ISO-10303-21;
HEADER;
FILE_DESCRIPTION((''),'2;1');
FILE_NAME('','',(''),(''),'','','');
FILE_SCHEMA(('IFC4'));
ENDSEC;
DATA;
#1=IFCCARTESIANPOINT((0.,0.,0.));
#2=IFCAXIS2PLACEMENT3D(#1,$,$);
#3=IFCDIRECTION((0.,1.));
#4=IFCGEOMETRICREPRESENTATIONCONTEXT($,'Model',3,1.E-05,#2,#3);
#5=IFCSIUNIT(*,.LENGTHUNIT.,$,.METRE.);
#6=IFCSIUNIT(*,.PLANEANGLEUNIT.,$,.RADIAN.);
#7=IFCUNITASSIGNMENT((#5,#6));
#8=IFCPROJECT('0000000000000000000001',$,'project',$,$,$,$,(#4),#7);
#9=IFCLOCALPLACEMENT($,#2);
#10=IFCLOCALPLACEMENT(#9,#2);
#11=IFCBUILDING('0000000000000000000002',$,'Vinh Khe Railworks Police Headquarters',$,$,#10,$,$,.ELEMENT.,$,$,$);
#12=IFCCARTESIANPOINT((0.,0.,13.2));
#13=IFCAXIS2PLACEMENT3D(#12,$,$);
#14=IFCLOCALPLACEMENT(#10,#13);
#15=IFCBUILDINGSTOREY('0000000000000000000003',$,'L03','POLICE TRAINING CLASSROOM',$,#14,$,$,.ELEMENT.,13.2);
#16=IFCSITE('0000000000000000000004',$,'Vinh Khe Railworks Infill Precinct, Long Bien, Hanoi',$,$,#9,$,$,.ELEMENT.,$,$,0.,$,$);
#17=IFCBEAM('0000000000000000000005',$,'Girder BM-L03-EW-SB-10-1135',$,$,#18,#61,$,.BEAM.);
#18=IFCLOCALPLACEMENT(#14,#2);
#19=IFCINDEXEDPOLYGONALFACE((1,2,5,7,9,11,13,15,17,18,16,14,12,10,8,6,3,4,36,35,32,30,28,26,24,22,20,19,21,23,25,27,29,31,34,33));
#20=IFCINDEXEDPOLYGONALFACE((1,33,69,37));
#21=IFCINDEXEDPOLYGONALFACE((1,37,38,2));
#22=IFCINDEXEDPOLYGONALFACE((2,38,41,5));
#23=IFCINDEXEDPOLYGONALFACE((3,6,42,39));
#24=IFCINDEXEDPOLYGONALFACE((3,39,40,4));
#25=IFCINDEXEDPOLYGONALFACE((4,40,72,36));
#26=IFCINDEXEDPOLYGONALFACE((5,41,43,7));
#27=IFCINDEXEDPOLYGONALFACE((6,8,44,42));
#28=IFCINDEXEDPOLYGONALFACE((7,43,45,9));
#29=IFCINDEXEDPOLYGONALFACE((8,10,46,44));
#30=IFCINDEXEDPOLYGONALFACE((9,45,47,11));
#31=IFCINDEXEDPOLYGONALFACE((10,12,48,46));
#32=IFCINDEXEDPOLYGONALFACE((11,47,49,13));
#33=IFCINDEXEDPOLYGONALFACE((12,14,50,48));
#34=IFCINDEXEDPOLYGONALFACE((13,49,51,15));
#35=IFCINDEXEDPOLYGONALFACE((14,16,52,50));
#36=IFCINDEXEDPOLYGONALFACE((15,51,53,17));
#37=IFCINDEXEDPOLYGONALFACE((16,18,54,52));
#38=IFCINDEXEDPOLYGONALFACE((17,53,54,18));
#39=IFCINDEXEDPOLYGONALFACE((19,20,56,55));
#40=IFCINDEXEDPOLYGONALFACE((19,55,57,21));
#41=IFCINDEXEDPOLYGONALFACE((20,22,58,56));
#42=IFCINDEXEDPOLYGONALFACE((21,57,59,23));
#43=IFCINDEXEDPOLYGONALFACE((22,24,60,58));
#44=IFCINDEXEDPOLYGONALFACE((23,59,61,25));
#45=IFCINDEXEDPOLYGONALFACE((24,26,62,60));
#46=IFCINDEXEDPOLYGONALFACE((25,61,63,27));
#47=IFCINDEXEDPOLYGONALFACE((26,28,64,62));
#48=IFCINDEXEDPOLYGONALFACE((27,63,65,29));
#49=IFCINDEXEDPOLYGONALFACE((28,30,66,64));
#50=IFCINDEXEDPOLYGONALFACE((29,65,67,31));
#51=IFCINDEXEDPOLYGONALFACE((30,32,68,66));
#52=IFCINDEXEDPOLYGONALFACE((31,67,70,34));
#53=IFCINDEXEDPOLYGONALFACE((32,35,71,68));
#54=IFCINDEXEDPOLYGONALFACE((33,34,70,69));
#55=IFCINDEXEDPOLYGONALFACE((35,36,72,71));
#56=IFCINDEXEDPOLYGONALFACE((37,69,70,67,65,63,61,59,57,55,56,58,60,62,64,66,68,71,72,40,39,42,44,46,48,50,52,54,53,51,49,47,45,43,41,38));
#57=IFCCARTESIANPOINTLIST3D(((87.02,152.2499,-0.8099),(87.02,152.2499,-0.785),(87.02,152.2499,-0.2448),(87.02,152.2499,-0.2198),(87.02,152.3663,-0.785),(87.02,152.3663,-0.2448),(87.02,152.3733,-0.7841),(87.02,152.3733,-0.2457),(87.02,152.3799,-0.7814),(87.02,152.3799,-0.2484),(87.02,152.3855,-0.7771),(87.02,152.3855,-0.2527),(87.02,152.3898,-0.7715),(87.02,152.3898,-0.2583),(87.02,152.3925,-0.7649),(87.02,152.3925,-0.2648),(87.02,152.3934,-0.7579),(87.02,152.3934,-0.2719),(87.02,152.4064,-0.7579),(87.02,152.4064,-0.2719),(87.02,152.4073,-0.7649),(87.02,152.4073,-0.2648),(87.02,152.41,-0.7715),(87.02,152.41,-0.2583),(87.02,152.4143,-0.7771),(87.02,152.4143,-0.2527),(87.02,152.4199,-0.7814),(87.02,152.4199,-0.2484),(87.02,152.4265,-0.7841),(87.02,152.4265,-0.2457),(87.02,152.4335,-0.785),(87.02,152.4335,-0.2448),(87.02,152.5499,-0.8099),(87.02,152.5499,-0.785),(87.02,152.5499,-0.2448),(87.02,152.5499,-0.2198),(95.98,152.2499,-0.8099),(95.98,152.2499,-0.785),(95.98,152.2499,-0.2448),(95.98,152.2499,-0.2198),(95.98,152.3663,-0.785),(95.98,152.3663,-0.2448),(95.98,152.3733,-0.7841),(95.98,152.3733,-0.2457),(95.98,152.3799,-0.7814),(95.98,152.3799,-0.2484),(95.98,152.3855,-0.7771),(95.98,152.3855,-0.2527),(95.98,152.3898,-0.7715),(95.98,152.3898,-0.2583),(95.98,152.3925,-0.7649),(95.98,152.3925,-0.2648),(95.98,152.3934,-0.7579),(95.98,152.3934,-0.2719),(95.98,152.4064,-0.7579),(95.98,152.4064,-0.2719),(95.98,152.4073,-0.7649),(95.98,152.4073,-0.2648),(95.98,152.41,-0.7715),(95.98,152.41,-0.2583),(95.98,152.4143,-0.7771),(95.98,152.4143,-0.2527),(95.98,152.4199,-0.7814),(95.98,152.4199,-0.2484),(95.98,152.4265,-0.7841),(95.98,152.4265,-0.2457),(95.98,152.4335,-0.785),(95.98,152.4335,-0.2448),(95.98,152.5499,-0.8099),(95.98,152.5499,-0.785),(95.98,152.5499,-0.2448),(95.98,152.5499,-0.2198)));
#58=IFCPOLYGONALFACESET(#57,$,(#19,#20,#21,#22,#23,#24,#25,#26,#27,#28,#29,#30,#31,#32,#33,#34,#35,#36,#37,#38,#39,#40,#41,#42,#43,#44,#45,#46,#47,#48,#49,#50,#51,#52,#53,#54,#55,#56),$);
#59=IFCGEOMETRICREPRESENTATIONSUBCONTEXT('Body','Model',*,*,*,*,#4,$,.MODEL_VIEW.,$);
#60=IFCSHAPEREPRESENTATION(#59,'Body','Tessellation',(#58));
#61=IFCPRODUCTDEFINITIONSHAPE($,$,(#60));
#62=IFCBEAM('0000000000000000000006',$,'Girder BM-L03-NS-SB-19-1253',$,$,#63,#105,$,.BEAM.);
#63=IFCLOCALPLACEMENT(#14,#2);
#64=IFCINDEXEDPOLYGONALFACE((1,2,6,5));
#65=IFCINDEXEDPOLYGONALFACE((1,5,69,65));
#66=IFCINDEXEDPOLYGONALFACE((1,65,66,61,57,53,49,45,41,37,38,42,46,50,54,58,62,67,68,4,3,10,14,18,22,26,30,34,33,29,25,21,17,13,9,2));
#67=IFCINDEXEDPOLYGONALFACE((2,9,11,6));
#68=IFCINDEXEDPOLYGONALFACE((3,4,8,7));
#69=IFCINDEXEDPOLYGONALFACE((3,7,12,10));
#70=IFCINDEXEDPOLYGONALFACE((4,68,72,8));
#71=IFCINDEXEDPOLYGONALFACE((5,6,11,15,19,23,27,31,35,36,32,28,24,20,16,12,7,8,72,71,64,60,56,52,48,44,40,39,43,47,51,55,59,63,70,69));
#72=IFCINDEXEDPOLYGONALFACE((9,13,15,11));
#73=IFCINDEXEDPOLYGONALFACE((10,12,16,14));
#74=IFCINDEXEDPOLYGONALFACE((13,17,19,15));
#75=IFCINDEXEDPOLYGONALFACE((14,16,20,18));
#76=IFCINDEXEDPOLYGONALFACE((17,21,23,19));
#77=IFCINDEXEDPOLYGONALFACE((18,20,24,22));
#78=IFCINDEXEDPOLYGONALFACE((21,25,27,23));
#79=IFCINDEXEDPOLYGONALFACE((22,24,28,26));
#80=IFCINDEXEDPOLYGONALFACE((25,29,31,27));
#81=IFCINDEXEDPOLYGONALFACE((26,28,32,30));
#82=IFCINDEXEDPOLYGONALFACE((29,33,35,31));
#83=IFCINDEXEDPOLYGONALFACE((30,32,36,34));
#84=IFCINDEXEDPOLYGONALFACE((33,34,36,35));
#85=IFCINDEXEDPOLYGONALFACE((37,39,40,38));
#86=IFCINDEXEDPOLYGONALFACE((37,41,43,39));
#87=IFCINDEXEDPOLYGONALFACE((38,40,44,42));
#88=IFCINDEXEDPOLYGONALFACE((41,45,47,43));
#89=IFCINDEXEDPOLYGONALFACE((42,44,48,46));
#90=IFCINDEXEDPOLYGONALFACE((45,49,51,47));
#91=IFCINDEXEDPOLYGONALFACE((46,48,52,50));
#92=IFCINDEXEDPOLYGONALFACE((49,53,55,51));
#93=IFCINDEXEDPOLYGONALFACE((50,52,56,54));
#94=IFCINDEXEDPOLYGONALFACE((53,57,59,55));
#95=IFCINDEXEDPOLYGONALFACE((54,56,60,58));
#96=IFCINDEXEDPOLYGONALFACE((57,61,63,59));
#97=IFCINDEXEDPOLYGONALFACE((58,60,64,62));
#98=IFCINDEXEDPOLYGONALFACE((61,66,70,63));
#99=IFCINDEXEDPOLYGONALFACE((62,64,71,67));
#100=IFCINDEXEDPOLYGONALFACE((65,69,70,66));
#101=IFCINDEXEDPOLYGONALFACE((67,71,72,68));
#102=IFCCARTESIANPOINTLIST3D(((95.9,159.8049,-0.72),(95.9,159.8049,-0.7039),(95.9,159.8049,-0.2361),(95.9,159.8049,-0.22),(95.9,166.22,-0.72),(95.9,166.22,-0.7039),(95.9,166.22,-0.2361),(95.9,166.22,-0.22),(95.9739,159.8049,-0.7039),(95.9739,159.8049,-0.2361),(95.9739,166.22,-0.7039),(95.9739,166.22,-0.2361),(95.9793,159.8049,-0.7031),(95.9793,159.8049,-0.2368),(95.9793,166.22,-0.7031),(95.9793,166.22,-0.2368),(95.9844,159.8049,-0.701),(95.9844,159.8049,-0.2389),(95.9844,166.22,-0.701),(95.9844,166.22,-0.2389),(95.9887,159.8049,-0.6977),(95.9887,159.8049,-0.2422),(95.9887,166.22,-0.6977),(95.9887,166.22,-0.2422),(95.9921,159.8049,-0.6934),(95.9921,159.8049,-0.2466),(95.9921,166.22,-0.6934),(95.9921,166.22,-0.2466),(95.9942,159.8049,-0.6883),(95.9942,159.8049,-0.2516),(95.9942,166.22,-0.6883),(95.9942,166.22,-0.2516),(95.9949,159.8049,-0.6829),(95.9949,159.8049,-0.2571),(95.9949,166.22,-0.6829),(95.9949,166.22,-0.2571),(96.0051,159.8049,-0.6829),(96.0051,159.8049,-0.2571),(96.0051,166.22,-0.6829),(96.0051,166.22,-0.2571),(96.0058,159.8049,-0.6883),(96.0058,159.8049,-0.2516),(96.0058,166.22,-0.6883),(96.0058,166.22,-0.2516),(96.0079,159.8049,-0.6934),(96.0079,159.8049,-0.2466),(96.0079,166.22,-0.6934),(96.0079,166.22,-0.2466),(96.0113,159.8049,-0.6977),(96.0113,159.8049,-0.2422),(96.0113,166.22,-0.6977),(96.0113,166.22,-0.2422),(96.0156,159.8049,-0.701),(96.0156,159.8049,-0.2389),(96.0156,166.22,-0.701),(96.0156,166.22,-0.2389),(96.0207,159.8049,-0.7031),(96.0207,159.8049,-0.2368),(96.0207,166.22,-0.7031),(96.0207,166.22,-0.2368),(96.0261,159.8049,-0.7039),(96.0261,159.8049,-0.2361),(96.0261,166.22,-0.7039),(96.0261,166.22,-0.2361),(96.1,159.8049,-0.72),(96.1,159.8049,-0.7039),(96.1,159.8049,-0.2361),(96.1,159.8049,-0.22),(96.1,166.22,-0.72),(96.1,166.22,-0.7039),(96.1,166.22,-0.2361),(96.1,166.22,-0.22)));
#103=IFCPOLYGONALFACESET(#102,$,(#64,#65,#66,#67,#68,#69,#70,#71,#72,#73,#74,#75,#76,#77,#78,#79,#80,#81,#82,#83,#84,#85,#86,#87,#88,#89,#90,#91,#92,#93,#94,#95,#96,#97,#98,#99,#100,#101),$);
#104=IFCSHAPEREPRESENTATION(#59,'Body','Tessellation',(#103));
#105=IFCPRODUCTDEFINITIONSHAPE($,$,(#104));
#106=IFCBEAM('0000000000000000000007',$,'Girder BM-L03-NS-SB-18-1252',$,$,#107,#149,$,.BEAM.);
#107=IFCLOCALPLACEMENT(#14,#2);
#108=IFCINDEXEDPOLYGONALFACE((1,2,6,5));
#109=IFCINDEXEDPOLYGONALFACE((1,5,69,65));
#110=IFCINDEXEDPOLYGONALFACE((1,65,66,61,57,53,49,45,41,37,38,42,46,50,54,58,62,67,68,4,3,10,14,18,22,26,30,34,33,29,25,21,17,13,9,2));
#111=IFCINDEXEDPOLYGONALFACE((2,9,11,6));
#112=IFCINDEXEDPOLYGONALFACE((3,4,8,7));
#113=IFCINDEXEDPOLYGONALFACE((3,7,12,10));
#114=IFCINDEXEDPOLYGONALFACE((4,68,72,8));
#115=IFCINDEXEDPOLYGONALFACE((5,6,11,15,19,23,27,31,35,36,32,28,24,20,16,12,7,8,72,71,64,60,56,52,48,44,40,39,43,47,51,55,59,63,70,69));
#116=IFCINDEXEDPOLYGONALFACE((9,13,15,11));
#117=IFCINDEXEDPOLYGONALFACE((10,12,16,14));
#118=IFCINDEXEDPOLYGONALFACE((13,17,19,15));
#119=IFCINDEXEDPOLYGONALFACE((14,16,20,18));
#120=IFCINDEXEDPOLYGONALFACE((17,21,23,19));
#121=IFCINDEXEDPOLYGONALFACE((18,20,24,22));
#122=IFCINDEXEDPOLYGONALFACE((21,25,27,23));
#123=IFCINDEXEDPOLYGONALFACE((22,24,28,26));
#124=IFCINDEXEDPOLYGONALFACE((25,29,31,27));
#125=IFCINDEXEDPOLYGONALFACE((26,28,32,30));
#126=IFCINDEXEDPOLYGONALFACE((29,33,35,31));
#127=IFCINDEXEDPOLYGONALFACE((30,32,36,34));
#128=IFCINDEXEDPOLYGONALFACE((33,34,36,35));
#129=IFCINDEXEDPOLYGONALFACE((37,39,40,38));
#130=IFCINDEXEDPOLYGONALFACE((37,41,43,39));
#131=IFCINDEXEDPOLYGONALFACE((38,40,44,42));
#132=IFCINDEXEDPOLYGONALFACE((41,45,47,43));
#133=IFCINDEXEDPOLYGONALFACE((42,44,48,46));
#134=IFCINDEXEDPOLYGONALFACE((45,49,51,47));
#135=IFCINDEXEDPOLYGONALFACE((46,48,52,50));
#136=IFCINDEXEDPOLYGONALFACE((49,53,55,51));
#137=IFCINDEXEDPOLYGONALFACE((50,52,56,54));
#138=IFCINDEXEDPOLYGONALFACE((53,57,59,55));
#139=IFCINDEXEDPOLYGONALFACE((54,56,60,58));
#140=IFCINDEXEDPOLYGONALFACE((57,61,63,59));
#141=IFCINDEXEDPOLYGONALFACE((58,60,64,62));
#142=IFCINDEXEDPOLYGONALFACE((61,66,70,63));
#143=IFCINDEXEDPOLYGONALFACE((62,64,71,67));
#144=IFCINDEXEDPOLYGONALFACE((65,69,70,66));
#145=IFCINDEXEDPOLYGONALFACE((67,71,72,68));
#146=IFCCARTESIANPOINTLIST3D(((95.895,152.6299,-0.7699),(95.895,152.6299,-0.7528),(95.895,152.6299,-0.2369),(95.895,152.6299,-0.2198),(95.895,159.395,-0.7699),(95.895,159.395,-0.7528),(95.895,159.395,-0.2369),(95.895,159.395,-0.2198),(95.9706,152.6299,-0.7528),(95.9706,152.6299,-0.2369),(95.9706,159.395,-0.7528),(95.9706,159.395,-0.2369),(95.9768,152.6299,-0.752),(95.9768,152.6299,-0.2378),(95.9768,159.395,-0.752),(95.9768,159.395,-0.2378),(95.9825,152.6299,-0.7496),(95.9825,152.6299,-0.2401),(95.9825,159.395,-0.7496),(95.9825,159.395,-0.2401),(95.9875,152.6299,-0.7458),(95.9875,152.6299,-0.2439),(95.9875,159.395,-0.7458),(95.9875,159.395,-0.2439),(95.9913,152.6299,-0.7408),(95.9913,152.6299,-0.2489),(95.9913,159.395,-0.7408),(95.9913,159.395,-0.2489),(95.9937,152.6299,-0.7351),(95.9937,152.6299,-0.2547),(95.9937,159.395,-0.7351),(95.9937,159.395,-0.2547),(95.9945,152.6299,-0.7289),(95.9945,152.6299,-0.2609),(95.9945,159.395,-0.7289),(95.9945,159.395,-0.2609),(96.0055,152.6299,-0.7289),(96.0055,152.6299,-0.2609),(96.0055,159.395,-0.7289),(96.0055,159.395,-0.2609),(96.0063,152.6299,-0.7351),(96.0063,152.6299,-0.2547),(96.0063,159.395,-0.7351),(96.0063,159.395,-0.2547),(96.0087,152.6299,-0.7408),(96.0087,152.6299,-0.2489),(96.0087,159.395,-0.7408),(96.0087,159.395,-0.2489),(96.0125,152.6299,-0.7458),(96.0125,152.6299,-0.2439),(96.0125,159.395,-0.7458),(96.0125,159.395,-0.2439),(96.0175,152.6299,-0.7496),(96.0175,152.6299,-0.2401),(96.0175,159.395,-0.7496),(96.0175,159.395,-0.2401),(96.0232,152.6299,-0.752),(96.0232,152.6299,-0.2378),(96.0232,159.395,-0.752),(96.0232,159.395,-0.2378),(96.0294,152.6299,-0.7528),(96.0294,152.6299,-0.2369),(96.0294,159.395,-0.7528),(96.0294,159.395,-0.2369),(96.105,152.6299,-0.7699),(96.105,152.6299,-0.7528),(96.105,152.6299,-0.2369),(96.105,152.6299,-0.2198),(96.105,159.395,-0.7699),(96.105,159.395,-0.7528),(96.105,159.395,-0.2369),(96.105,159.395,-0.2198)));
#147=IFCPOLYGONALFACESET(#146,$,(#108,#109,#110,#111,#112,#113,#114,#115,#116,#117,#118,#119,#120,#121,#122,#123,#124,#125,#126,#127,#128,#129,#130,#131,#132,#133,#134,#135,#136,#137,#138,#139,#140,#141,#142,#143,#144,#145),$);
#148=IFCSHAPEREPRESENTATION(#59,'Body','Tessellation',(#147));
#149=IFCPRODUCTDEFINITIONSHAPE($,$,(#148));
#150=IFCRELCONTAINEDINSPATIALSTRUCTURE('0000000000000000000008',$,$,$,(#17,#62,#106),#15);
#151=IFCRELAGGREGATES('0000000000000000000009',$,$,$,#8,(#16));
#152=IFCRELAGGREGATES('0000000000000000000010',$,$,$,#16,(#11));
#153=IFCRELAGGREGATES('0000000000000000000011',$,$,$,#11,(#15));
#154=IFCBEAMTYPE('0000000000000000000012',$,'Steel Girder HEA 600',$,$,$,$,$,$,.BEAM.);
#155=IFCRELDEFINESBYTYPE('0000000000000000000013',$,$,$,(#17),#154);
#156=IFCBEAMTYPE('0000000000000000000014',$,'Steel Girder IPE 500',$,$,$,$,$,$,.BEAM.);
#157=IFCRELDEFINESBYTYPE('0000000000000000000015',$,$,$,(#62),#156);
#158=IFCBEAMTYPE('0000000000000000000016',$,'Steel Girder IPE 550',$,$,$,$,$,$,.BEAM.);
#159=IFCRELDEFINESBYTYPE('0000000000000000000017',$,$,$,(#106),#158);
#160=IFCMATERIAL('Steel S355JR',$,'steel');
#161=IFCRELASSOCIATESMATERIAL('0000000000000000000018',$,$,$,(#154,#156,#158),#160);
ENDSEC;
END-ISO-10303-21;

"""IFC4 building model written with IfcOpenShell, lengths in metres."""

from ifc_helpers import new_model, si_unit, direction, frame, origin, origin_2d, place, context, subcontext, project, spatial, i_section, extrude, material, material_profile, profile_set, type_object, element, save


model = new_model("IFC4")

# Units and contexts
model_context = context("Model", 3, precision=1e-05, world=origin(), true_north=direction((0.0, 1.0)))
body_context = subcontext(model_context, "Body", "Model", "MODEL_VIEW")
ifc_project = project(units=[si_unit("LENGTHUNIT", "METRE"), si_unit("PLANEANGLEUNIT", "RADIAN")], contexts=[model_context])

# Site, building, storey
site_placement = place(None, origin())
site = spatial("IfcSite", under=ifc_project, at=site_placement, Name="Vinh Khe Railworks Infill Precinct, Long Bien, Hanoi", CompositionType="ELEMENT", RefElevation=0.0)
building_placement = place(site_placement, origin())
building = spatial("IfcBuilding", under=site, at=building_placement, Name="Vinh Khe Railworks Police Headquarters", CompositionType="ELEMENT")
storey_placement = place(building_placement, frame((0.0, 0.0, 13.2)))
storey = spatial("IfcBuildingStorey", under=building, at=storey_placement, Name="L03", Description="POLICE TRAINING CLASSROOM", CompositionType="ELEMENT", Elevation=13.2)

# Shared definitions
ifc_material_1 = material(Name="Steel S355JR", Category="steel")

# Beams
ifc_material_profile_1 = material_profile(ifc_material_1, i_section(OverallWidth=0.3, OverallDepth=0.5901, WebThickness=0.0129, FlangeThickness=0.0249, FilletRadius=0.0271, at=origin_2d()), Name="HEA 600")
ifc_profile_set_1 = profile_set([ifc_material_profile_1], Name="Steel S355JR")
beam_type_1 = type_object("IfcBeamType", Name="Steel Girder HEA 600", PredefinedType="BEAM", material=ifc_profile_set_1)
beam_1_placement = place(storey_placement, frame((87.02, 152.3999, -0.5149), z_axis=(1.0, 0.0, 0.0), x_axis=(0.0, 1.0, 0.0)))
element("IfcBeam", 1, at=beam_1_placement, inside=storey, type_object=beam_type_1, Name="Girder BM-L03-EW-SB-10-1135", PredefinedType="BEAM", context=body_context, shape_type="SweptSolid", body=[
    extrude(i_section(OverallWidth=0.3, OverallDepth=0.5901, WebThickness=0.0129, FlangeThickness=0.0249, FilletRadius=0.0271, at=origin_2d()), origin(), (0.0, 0.0, 1.0), 8.96),
])
ifc_material_profile_2 = material_profile(ifc_material_1, i_section(OverallWidth=0.2, OverallDepth=0.5, WebThickness=0.0103, FlangeThickness=0.0161, FilletRadius=0.021, at=origin_2d()), Name="IPE 500")
ifc_profile_set_2 = profile_set([ifc_material_profile_2], Name="Steel S355JR")
beam_type_2 = type_object("IfcBeamType", Name="Steel Girder IPE 500", PredefinedType="BEAM", material=ifc_profile_set_2)
beam_2_placement = place(storey_placement, frame((96.0, 159.8049, -0.47), z_axis=(0.0, 1.0, 0.0), x_axis=(-1.0, 0.0, 0.0)))
element("IfcBeam", 2, at=beam_2_placement, inside=storey, type_object=beam_type_2, Name="Girder BM-L03-NS-SB-19-1253", PredefinedType="BEAM", context=body_context, shape_type="SweptSolid", body=[
    extrude(i_section(OverallWidth=0.2, OverallDepth=0.5, WebThickness=0.0103, FlangeThickness=0.0161, FilletRadius=0.021, at=origin_2d()), origin(), (0.0, 0.0, 1.0), 6.415),
])
ifc_material_profile_3 = material_profile(ifc_material_1, i_section(OverallWidth=0.21, OverallDepth=0.55, WebThickness=0.011, FlangeThickness=0.0171, FilletRadius=0.0239, at=origin_2d()), Name="IPE 550")
ifc_profile_set_3 = profile_set([ifc_material_profile_3], Name="Steel S355JR")
beam_type_3 = type_object("IfcBeamType", Name="Steel Girder IPE 550", PredefinedType="BEAM", material=ifc_profile_set_3)
beam_3_placement = place(storey_placement, frame((96.0, 152.6299, -0.4949), z_axis=(0.0, 1.0, 0.0), x_axis=(-1.0, 0.0, 0.0)))
element("IfcBeam", 3, at=beam_3_placement, inside=storey, type_object=beam_type_3, Name="Girder BM-L03-NS-SB-18-1252", PredefinedType="BEAM", context=body_context, shape_type="SweptSolid", body=[
    extrude(i_section(OverallWidth=0.21, OverallDepth=0.55, WebThickness=0.011, FlangeThickness=0.0171, FilletRadius=0.0239, at=origin_2d()), origin(), (0.0, 0.0, 1.0), 6.7651),
])

save(model, "model.ifc")
